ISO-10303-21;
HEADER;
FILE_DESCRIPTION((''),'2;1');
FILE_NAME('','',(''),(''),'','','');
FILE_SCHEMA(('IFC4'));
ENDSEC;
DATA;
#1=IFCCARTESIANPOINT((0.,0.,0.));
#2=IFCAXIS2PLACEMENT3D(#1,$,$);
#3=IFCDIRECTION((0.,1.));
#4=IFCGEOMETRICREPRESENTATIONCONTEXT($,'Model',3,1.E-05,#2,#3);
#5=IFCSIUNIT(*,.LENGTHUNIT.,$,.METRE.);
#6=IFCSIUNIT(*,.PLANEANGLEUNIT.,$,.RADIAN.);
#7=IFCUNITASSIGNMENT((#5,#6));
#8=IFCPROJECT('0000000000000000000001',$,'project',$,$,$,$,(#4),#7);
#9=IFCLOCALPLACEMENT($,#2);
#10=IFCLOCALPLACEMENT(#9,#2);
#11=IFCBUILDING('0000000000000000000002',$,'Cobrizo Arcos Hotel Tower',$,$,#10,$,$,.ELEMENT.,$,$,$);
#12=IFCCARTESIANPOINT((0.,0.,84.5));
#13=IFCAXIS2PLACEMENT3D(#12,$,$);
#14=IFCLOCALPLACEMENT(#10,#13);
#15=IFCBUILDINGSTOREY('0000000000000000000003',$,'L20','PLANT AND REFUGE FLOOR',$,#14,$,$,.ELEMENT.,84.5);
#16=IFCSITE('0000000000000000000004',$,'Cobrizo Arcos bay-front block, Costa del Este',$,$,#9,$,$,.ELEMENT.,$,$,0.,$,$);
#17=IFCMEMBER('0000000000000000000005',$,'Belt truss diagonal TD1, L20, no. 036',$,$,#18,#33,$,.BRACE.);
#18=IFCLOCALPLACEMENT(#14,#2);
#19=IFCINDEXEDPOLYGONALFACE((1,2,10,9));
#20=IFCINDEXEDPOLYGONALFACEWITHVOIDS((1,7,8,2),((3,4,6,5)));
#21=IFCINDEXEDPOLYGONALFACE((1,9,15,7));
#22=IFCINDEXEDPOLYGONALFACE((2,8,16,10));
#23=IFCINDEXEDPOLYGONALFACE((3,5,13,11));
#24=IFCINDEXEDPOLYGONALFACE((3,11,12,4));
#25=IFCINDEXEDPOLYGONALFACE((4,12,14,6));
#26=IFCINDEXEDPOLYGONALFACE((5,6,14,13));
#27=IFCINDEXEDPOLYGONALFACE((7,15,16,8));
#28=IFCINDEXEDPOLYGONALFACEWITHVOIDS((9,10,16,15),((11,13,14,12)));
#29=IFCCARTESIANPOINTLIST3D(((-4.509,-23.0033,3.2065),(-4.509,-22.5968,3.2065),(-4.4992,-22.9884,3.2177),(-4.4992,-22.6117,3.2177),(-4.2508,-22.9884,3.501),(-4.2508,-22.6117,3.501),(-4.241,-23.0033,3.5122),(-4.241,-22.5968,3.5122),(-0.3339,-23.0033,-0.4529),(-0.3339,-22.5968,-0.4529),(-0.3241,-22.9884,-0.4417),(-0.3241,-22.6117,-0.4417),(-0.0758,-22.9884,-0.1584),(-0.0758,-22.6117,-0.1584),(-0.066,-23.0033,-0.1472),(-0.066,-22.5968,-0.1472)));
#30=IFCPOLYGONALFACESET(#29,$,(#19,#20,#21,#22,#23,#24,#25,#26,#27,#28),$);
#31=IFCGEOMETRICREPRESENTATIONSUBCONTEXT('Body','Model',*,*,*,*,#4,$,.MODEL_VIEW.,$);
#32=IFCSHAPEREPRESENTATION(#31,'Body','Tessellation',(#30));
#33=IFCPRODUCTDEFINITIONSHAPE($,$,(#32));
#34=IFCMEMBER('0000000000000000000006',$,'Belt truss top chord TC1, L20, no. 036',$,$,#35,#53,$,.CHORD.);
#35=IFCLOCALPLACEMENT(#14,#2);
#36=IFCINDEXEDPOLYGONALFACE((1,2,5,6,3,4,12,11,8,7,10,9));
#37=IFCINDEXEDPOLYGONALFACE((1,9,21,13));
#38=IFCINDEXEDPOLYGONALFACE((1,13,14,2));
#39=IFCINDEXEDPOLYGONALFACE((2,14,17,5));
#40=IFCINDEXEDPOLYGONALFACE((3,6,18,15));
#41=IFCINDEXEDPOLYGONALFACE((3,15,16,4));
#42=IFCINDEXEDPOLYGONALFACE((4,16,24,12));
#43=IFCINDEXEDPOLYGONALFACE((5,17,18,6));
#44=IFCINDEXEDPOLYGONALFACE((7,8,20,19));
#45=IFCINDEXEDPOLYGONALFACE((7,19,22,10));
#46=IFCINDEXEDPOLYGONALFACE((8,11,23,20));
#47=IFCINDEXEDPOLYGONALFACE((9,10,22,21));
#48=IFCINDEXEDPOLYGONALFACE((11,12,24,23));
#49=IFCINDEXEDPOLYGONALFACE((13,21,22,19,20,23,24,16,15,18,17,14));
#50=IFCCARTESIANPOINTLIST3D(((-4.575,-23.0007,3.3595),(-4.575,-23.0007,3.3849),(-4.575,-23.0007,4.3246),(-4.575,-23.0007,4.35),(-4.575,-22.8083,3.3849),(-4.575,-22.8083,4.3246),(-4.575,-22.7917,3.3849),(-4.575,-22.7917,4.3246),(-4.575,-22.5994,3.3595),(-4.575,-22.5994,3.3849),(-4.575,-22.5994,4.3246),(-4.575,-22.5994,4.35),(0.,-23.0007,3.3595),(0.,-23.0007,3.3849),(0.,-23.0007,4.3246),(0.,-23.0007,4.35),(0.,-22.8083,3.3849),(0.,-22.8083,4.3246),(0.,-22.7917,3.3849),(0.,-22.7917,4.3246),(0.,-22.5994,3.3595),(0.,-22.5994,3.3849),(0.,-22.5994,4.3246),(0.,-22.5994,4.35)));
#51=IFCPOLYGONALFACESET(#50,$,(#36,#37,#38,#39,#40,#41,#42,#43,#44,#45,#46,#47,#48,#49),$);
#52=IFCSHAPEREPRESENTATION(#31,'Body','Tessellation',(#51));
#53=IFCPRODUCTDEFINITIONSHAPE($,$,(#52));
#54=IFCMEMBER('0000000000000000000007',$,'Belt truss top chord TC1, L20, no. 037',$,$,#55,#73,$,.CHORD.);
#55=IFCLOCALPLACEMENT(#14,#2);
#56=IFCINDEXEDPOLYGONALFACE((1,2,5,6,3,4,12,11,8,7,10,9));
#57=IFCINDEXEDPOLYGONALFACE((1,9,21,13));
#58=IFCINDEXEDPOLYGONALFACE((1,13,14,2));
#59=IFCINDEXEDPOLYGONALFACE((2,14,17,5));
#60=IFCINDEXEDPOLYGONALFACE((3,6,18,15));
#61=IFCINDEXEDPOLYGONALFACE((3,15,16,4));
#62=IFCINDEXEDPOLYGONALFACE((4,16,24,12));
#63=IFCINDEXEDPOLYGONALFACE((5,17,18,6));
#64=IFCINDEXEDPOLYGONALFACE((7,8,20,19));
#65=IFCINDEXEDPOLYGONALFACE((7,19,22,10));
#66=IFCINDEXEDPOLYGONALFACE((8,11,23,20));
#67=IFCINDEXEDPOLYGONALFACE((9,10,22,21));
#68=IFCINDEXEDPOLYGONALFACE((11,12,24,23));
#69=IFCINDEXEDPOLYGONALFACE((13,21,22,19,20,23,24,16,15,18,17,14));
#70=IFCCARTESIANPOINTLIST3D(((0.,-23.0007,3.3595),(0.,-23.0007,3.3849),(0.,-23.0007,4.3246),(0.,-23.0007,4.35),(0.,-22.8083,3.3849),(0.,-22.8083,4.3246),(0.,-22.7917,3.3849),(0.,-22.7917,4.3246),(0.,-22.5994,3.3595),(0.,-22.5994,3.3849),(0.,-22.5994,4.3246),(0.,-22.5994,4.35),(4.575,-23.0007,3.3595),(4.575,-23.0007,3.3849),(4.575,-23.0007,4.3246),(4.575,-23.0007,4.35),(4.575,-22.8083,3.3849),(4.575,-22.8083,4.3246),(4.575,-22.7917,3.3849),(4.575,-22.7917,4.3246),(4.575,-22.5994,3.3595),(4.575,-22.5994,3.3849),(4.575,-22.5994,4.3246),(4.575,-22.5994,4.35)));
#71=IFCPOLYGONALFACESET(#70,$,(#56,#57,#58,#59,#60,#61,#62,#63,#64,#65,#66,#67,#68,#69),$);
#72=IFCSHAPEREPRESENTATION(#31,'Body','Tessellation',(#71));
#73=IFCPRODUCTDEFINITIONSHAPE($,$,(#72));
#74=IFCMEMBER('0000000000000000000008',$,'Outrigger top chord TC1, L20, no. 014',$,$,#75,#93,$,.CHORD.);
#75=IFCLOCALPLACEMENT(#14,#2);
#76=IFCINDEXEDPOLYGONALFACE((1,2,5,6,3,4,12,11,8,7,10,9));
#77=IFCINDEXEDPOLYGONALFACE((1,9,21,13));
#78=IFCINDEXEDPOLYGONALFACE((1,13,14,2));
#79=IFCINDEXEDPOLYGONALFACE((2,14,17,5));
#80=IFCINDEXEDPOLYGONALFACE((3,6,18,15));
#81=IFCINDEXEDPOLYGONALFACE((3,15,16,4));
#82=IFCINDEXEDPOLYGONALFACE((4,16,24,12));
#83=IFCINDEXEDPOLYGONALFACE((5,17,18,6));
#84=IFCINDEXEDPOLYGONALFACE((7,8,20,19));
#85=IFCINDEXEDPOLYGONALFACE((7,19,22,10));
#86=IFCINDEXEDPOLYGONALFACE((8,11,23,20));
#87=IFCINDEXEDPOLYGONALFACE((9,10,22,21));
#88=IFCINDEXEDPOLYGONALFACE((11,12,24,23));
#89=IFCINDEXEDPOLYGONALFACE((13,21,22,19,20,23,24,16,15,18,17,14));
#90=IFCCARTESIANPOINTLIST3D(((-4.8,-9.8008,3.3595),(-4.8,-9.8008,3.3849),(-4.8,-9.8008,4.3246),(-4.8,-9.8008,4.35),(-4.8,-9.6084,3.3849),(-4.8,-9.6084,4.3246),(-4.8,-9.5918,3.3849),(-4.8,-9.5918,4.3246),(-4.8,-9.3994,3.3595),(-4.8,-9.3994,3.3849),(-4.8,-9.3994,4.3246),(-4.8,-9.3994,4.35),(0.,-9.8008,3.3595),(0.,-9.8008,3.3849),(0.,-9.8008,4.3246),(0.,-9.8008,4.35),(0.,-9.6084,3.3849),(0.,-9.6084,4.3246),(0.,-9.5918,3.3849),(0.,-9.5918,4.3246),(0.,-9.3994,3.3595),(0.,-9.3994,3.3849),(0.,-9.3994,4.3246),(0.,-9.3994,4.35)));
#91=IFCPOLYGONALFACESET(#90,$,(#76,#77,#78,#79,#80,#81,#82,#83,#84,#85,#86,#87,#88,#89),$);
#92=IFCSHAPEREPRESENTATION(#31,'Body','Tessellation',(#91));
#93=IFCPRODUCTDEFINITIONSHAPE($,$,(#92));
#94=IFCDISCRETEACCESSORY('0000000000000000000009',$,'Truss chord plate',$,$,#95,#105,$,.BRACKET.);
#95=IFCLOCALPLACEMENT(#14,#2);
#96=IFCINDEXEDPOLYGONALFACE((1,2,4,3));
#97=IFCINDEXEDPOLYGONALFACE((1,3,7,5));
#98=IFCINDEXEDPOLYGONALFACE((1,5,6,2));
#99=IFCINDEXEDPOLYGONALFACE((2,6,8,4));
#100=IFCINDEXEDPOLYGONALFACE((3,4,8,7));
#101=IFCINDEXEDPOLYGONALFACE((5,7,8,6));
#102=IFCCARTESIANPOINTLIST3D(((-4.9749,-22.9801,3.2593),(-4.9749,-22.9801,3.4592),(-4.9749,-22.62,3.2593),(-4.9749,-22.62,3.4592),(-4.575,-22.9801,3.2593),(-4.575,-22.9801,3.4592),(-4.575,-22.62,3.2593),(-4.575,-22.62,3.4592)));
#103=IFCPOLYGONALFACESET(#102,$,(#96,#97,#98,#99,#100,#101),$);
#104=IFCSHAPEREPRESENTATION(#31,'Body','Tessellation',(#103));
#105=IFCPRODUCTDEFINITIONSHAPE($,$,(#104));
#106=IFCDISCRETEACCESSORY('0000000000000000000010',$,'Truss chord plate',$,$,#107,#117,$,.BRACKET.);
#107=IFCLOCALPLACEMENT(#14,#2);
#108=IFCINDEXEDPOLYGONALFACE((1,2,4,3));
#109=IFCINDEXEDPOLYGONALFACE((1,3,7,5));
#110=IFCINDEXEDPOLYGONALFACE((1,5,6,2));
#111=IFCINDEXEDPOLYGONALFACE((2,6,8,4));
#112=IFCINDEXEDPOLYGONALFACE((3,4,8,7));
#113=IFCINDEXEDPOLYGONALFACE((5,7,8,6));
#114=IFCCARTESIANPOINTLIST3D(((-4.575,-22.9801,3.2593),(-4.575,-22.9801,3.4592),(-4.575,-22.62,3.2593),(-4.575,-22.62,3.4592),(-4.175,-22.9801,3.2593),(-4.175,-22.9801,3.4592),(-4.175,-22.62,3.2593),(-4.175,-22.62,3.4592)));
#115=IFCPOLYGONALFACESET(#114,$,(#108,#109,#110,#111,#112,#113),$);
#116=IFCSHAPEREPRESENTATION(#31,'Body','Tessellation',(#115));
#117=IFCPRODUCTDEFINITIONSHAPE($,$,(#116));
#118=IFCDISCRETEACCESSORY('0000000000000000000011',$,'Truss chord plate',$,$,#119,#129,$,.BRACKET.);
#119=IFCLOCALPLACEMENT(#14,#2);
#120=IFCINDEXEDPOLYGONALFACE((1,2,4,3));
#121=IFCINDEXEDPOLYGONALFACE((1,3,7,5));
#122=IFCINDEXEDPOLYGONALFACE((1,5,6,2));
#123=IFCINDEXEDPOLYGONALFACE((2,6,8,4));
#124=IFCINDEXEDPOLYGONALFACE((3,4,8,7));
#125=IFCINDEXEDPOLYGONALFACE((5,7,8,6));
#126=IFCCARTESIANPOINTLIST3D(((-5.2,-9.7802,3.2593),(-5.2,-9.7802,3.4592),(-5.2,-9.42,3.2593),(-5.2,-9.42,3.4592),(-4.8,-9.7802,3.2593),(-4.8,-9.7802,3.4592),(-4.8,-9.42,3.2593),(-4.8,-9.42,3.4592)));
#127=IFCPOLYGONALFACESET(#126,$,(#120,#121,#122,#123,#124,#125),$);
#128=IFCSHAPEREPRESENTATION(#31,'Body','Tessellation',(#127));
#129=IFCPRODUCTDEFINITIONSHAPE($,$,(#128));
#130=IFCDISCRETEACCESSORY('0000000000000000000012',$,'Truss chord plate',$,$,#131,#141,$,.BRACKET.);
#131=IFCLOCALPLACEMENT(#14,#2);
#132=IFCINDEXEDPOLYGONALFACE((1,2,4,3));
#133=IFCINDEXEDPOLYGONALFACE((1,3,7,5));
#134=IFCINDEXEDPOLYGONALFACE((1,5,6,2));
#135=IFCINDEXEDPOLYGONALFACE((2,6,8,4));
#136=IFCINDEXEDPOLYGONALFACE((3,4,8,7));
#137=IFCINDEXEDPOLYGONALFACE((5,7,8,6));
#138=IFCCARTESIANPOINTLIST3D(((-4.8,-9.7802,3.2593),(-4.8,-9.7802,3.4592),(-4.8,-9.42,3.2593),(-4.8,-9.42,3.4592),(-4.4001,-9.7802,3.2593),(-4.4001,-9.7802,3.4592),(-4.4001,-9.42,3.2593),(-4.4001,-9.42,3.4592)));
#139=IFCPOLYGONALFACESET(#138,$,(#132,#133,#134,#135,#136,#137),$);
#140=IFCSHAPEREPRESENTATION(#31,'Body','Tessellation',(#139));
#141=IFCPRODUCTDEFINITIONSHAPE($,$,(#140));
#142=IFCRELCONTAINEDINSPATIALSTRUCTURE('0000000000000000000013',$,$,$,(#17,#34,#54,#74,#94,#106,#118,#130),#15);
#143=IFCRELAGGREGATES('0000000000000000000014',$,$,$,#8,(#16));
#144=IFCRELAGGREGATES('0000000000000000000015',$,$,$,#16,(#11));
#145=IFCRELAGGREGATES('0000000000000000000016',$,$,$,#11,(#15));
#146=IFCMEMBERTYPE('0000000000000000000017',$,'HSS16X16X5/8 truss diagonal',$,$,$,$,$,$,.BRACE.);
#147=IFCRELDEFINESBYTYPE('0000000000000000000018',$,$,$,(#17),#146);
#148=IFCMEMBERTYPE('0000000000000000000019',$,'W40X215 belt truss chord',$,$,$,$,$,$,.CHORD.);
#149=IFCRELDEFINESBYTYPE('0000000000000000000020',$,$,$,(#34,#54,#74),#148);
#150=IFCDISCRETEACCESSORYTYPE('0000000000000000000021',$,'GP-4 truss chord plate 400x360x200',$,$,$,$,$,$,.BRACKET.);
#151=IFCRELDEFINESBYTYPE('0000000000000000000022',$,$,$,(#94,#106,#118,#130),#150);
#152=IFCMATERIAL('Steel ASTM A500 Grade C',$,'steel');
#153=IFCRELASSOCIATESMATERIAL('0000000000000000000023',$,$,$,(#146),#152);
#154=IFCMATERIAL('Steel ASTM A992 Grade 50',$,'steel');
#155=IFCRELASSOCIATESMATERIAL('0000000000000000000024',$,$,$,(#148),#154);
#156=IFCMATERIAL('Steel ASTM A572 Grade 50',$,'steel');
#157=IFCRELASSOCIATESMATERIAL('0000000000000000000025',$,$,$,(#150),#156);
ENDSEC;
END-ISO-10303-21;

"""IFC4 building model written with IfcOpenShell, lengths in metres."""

from ifc_helpers import new_model, si_unit, direction, frame, origin, origin_2d, place, context, subcontext, project, spatial, rectangle, hollow_rectangle, i_section, extrude, material, material_profile, profile_set, type_object, element, save


model = new_model("IFC4")

# Units and contexts
model_context = context("Model", 3, precision=1e-05, world=origin(), true_north=direction((0.0, 1.0)))
body_context = subcontext(model_context, "Body", "Model", "MODEL_VIEW")
ifc_project = project(units=[si_unit("LENGTHUNIT", "METRE"), si_unit("PLANEANGLEUNIT", "RADIAN")], contexts=[model_context])

# Site, building, storey
site_placement = place(None, origin())
site = spatial("IfcSite", under=ifc_project, at=site_placement, Name="Cobrizo Arcos bay-front block, Costa del Este", CompositionType="ELEMENT", RefElevation=0.0)
building_placement = place(site_placement, origin())
building = spatial("IfcBuilding", under=site, at=building_placement, Name="Cobrizo Arcos Hotel Tower", CompositionType="ELEMENT")
storey_placement = place(building_placement, frame((0.0, 0.0, 84.5)))
storey = spatial("IfcBuildingStorey", under=building, at=storey_placement, Name="L20", Description="PLANT AND REFUGE FLOOR", CompositionType="ELEMENT", Elevation=84.5)

# Members
ifc_material_1 = material(Name="Steel ASTM A500 Grade C", Category="steel")
ifc_material_profile_1 = material_profile(ifc_material_1, hollow_rectangle(XDim=0.4065, YDim=0.4065, WallThickness=0.0149, at=origin_2d()), Name="HSS16X16X5/8")
ifc_profile_set_1 = profile_set([ifc_material_profile_1], Name="Steel ASTM A500 Grade C")
member_type_1 = type_object("IfcMemberType", Name="HSS16X16X5/8 truss diagonal", PredefinedType="BRACE", material=ifc_profile_set_1)
member_1_placement = place(storey_placement, frame((-4.375, -22.8, 3.3594), z_axis=(0.752018, 0.0, -0.659143), x_axis=(0.0, 1.0, 0.0)))
element("IfcMember", 1, at=member_1_placement, inside=storey, type_object=member_type_1, Name="Belt truss diagonal TD1, L20, no. 036", PredefinedType="BRACE", context=body_context, shape_type="SweptSolid", body=[
    extrude(hollow_rectangle(XDim=0.4065, YDim=0.4065, WallThickness=0.0149, at=origin_2d()), origin(), (0.0, 0.0, 1.0), 5.5518),
])
ifc_material_2 = material(Name="Steel ASTM A992 Grade 50", Category="steel")
ifc_material_profile_2 = material_profile(ifc_material_2, i_section(OverallWidth=0.4014, OverallDepth=0.9905, WebThickness=0.0166, FlangeThickness=0.0254, at=origin_2d()), Name="W40X215")
ifc_profile_set_2 = profile_set([ifc_material_profile_2], Name="Steel ASTM A992 Grade 50")
member_type_2 = type_object("IfcMemberType", Name="W40X215 belt truss chord", PredefinedType="CHORD", material=ifc_profile_set_2)
for number, where, z_axis, x_axis, name in (
    (2, (-4.575, -22.8, 3.8547), (1.0, 0.0, 0.0), (0.0, 1.0, 0.0), "Belt truss top chord TC1, L20, no. 036"),
    (3, (0.0, -22.8, 3.8547), (1.0, 0.0, 0.0), (0.0, 1.0, 0.0), "Belt truss top chord TC1, L20, no. 037"),
):
    element("IfcMember", number, at=place(storey_placement, frame(where, z_axis=z_axis, x_axis=x_axis)), inside=storey, type_object=member_type_2, Name=name, PredefinedType="CHORD", context=body_context, shape_type="SweptSolid", body=[
        extrude(i_section(OverallWidth=0.4014, OverallDepth=0.9905, WebThickness=0.0166, FlangeThickness=0.0254, at=origin_2d()), origin(), (0.0, 0.0, 1.0), 4.575),
    ])
member_2_placement = place(storey_placement, frame((-4.8, -9.6001, 3.8547), z_axis=(1.0, 0.0, 0.0), x_axis=(0.0, 1.0, 0.0)))
element("IfcMember", 4, at=member_2_placement, inside=storey, type_object=member_type_2, Name="Outrigger top chord TC1, L20, no. 014", PredefinedType="CHORD", context=body_context, shape_type="SweptSolid", body=[
    extrude(i_section(OverallWidth=0.4014, OverallDepth=0.9905, WebThickness=0.0166, FlangeThickness=0.0254, at=origin_2d()), origin(), (0.0, 0.0, 1.0), 4.8),
])

# Discrete accessories
ifc_material_3 = material(Name="Steel ASTM A572 Grade 50", Category="steel")
discrete_accessory_type = type_object("IfcDiscreteAccessoryType", Name="GP-4 truss chord plate 400x360x200", PredefinedType="BRACKET", material=ifc_material_3)
for number, where, z_axis, x_axis, name in (
    (5, (-4.7749, -22.8, 3.2593), (0.0, 0.0, 1.0), (1.0, 0.0, 0.0), "Truss chord plate"),
    (6, (-4.375, -22.8, 3.2593), (0.0, 0.0, 1.0), (1.0, 0.0, 0.0), "Truss chord plate"),
    (7, (-5.0, -9.6001, 3.2593), (0.0, 0.0, 1.0), (1.0, 0.0, 0.0), "Truss chord plate"),
    (8, (-4.6001, -9.6001, 3.2593), (0.0, 0.0, 1.0), (1.0, 0.0, 0.0), "Truss chord plate"),
):
    element("IfcDiscreteAccessory", number, at=place(storey_placement, frame(where, z_axis=z_axis, x_axis=x_axis)), inside=storey, type_object=discrete_accessory_type, Name=name, PredefinedType="BRACKET", context=body_context, shape_type="SweptSolid", body=[
        extrude(rectangle(XDim=0.3999, YDim=0.3601, at=origin_2d()), origin(), (0.0, 0.0, 1.0), 0.2),
    ])

save(model, "model.ifc")
